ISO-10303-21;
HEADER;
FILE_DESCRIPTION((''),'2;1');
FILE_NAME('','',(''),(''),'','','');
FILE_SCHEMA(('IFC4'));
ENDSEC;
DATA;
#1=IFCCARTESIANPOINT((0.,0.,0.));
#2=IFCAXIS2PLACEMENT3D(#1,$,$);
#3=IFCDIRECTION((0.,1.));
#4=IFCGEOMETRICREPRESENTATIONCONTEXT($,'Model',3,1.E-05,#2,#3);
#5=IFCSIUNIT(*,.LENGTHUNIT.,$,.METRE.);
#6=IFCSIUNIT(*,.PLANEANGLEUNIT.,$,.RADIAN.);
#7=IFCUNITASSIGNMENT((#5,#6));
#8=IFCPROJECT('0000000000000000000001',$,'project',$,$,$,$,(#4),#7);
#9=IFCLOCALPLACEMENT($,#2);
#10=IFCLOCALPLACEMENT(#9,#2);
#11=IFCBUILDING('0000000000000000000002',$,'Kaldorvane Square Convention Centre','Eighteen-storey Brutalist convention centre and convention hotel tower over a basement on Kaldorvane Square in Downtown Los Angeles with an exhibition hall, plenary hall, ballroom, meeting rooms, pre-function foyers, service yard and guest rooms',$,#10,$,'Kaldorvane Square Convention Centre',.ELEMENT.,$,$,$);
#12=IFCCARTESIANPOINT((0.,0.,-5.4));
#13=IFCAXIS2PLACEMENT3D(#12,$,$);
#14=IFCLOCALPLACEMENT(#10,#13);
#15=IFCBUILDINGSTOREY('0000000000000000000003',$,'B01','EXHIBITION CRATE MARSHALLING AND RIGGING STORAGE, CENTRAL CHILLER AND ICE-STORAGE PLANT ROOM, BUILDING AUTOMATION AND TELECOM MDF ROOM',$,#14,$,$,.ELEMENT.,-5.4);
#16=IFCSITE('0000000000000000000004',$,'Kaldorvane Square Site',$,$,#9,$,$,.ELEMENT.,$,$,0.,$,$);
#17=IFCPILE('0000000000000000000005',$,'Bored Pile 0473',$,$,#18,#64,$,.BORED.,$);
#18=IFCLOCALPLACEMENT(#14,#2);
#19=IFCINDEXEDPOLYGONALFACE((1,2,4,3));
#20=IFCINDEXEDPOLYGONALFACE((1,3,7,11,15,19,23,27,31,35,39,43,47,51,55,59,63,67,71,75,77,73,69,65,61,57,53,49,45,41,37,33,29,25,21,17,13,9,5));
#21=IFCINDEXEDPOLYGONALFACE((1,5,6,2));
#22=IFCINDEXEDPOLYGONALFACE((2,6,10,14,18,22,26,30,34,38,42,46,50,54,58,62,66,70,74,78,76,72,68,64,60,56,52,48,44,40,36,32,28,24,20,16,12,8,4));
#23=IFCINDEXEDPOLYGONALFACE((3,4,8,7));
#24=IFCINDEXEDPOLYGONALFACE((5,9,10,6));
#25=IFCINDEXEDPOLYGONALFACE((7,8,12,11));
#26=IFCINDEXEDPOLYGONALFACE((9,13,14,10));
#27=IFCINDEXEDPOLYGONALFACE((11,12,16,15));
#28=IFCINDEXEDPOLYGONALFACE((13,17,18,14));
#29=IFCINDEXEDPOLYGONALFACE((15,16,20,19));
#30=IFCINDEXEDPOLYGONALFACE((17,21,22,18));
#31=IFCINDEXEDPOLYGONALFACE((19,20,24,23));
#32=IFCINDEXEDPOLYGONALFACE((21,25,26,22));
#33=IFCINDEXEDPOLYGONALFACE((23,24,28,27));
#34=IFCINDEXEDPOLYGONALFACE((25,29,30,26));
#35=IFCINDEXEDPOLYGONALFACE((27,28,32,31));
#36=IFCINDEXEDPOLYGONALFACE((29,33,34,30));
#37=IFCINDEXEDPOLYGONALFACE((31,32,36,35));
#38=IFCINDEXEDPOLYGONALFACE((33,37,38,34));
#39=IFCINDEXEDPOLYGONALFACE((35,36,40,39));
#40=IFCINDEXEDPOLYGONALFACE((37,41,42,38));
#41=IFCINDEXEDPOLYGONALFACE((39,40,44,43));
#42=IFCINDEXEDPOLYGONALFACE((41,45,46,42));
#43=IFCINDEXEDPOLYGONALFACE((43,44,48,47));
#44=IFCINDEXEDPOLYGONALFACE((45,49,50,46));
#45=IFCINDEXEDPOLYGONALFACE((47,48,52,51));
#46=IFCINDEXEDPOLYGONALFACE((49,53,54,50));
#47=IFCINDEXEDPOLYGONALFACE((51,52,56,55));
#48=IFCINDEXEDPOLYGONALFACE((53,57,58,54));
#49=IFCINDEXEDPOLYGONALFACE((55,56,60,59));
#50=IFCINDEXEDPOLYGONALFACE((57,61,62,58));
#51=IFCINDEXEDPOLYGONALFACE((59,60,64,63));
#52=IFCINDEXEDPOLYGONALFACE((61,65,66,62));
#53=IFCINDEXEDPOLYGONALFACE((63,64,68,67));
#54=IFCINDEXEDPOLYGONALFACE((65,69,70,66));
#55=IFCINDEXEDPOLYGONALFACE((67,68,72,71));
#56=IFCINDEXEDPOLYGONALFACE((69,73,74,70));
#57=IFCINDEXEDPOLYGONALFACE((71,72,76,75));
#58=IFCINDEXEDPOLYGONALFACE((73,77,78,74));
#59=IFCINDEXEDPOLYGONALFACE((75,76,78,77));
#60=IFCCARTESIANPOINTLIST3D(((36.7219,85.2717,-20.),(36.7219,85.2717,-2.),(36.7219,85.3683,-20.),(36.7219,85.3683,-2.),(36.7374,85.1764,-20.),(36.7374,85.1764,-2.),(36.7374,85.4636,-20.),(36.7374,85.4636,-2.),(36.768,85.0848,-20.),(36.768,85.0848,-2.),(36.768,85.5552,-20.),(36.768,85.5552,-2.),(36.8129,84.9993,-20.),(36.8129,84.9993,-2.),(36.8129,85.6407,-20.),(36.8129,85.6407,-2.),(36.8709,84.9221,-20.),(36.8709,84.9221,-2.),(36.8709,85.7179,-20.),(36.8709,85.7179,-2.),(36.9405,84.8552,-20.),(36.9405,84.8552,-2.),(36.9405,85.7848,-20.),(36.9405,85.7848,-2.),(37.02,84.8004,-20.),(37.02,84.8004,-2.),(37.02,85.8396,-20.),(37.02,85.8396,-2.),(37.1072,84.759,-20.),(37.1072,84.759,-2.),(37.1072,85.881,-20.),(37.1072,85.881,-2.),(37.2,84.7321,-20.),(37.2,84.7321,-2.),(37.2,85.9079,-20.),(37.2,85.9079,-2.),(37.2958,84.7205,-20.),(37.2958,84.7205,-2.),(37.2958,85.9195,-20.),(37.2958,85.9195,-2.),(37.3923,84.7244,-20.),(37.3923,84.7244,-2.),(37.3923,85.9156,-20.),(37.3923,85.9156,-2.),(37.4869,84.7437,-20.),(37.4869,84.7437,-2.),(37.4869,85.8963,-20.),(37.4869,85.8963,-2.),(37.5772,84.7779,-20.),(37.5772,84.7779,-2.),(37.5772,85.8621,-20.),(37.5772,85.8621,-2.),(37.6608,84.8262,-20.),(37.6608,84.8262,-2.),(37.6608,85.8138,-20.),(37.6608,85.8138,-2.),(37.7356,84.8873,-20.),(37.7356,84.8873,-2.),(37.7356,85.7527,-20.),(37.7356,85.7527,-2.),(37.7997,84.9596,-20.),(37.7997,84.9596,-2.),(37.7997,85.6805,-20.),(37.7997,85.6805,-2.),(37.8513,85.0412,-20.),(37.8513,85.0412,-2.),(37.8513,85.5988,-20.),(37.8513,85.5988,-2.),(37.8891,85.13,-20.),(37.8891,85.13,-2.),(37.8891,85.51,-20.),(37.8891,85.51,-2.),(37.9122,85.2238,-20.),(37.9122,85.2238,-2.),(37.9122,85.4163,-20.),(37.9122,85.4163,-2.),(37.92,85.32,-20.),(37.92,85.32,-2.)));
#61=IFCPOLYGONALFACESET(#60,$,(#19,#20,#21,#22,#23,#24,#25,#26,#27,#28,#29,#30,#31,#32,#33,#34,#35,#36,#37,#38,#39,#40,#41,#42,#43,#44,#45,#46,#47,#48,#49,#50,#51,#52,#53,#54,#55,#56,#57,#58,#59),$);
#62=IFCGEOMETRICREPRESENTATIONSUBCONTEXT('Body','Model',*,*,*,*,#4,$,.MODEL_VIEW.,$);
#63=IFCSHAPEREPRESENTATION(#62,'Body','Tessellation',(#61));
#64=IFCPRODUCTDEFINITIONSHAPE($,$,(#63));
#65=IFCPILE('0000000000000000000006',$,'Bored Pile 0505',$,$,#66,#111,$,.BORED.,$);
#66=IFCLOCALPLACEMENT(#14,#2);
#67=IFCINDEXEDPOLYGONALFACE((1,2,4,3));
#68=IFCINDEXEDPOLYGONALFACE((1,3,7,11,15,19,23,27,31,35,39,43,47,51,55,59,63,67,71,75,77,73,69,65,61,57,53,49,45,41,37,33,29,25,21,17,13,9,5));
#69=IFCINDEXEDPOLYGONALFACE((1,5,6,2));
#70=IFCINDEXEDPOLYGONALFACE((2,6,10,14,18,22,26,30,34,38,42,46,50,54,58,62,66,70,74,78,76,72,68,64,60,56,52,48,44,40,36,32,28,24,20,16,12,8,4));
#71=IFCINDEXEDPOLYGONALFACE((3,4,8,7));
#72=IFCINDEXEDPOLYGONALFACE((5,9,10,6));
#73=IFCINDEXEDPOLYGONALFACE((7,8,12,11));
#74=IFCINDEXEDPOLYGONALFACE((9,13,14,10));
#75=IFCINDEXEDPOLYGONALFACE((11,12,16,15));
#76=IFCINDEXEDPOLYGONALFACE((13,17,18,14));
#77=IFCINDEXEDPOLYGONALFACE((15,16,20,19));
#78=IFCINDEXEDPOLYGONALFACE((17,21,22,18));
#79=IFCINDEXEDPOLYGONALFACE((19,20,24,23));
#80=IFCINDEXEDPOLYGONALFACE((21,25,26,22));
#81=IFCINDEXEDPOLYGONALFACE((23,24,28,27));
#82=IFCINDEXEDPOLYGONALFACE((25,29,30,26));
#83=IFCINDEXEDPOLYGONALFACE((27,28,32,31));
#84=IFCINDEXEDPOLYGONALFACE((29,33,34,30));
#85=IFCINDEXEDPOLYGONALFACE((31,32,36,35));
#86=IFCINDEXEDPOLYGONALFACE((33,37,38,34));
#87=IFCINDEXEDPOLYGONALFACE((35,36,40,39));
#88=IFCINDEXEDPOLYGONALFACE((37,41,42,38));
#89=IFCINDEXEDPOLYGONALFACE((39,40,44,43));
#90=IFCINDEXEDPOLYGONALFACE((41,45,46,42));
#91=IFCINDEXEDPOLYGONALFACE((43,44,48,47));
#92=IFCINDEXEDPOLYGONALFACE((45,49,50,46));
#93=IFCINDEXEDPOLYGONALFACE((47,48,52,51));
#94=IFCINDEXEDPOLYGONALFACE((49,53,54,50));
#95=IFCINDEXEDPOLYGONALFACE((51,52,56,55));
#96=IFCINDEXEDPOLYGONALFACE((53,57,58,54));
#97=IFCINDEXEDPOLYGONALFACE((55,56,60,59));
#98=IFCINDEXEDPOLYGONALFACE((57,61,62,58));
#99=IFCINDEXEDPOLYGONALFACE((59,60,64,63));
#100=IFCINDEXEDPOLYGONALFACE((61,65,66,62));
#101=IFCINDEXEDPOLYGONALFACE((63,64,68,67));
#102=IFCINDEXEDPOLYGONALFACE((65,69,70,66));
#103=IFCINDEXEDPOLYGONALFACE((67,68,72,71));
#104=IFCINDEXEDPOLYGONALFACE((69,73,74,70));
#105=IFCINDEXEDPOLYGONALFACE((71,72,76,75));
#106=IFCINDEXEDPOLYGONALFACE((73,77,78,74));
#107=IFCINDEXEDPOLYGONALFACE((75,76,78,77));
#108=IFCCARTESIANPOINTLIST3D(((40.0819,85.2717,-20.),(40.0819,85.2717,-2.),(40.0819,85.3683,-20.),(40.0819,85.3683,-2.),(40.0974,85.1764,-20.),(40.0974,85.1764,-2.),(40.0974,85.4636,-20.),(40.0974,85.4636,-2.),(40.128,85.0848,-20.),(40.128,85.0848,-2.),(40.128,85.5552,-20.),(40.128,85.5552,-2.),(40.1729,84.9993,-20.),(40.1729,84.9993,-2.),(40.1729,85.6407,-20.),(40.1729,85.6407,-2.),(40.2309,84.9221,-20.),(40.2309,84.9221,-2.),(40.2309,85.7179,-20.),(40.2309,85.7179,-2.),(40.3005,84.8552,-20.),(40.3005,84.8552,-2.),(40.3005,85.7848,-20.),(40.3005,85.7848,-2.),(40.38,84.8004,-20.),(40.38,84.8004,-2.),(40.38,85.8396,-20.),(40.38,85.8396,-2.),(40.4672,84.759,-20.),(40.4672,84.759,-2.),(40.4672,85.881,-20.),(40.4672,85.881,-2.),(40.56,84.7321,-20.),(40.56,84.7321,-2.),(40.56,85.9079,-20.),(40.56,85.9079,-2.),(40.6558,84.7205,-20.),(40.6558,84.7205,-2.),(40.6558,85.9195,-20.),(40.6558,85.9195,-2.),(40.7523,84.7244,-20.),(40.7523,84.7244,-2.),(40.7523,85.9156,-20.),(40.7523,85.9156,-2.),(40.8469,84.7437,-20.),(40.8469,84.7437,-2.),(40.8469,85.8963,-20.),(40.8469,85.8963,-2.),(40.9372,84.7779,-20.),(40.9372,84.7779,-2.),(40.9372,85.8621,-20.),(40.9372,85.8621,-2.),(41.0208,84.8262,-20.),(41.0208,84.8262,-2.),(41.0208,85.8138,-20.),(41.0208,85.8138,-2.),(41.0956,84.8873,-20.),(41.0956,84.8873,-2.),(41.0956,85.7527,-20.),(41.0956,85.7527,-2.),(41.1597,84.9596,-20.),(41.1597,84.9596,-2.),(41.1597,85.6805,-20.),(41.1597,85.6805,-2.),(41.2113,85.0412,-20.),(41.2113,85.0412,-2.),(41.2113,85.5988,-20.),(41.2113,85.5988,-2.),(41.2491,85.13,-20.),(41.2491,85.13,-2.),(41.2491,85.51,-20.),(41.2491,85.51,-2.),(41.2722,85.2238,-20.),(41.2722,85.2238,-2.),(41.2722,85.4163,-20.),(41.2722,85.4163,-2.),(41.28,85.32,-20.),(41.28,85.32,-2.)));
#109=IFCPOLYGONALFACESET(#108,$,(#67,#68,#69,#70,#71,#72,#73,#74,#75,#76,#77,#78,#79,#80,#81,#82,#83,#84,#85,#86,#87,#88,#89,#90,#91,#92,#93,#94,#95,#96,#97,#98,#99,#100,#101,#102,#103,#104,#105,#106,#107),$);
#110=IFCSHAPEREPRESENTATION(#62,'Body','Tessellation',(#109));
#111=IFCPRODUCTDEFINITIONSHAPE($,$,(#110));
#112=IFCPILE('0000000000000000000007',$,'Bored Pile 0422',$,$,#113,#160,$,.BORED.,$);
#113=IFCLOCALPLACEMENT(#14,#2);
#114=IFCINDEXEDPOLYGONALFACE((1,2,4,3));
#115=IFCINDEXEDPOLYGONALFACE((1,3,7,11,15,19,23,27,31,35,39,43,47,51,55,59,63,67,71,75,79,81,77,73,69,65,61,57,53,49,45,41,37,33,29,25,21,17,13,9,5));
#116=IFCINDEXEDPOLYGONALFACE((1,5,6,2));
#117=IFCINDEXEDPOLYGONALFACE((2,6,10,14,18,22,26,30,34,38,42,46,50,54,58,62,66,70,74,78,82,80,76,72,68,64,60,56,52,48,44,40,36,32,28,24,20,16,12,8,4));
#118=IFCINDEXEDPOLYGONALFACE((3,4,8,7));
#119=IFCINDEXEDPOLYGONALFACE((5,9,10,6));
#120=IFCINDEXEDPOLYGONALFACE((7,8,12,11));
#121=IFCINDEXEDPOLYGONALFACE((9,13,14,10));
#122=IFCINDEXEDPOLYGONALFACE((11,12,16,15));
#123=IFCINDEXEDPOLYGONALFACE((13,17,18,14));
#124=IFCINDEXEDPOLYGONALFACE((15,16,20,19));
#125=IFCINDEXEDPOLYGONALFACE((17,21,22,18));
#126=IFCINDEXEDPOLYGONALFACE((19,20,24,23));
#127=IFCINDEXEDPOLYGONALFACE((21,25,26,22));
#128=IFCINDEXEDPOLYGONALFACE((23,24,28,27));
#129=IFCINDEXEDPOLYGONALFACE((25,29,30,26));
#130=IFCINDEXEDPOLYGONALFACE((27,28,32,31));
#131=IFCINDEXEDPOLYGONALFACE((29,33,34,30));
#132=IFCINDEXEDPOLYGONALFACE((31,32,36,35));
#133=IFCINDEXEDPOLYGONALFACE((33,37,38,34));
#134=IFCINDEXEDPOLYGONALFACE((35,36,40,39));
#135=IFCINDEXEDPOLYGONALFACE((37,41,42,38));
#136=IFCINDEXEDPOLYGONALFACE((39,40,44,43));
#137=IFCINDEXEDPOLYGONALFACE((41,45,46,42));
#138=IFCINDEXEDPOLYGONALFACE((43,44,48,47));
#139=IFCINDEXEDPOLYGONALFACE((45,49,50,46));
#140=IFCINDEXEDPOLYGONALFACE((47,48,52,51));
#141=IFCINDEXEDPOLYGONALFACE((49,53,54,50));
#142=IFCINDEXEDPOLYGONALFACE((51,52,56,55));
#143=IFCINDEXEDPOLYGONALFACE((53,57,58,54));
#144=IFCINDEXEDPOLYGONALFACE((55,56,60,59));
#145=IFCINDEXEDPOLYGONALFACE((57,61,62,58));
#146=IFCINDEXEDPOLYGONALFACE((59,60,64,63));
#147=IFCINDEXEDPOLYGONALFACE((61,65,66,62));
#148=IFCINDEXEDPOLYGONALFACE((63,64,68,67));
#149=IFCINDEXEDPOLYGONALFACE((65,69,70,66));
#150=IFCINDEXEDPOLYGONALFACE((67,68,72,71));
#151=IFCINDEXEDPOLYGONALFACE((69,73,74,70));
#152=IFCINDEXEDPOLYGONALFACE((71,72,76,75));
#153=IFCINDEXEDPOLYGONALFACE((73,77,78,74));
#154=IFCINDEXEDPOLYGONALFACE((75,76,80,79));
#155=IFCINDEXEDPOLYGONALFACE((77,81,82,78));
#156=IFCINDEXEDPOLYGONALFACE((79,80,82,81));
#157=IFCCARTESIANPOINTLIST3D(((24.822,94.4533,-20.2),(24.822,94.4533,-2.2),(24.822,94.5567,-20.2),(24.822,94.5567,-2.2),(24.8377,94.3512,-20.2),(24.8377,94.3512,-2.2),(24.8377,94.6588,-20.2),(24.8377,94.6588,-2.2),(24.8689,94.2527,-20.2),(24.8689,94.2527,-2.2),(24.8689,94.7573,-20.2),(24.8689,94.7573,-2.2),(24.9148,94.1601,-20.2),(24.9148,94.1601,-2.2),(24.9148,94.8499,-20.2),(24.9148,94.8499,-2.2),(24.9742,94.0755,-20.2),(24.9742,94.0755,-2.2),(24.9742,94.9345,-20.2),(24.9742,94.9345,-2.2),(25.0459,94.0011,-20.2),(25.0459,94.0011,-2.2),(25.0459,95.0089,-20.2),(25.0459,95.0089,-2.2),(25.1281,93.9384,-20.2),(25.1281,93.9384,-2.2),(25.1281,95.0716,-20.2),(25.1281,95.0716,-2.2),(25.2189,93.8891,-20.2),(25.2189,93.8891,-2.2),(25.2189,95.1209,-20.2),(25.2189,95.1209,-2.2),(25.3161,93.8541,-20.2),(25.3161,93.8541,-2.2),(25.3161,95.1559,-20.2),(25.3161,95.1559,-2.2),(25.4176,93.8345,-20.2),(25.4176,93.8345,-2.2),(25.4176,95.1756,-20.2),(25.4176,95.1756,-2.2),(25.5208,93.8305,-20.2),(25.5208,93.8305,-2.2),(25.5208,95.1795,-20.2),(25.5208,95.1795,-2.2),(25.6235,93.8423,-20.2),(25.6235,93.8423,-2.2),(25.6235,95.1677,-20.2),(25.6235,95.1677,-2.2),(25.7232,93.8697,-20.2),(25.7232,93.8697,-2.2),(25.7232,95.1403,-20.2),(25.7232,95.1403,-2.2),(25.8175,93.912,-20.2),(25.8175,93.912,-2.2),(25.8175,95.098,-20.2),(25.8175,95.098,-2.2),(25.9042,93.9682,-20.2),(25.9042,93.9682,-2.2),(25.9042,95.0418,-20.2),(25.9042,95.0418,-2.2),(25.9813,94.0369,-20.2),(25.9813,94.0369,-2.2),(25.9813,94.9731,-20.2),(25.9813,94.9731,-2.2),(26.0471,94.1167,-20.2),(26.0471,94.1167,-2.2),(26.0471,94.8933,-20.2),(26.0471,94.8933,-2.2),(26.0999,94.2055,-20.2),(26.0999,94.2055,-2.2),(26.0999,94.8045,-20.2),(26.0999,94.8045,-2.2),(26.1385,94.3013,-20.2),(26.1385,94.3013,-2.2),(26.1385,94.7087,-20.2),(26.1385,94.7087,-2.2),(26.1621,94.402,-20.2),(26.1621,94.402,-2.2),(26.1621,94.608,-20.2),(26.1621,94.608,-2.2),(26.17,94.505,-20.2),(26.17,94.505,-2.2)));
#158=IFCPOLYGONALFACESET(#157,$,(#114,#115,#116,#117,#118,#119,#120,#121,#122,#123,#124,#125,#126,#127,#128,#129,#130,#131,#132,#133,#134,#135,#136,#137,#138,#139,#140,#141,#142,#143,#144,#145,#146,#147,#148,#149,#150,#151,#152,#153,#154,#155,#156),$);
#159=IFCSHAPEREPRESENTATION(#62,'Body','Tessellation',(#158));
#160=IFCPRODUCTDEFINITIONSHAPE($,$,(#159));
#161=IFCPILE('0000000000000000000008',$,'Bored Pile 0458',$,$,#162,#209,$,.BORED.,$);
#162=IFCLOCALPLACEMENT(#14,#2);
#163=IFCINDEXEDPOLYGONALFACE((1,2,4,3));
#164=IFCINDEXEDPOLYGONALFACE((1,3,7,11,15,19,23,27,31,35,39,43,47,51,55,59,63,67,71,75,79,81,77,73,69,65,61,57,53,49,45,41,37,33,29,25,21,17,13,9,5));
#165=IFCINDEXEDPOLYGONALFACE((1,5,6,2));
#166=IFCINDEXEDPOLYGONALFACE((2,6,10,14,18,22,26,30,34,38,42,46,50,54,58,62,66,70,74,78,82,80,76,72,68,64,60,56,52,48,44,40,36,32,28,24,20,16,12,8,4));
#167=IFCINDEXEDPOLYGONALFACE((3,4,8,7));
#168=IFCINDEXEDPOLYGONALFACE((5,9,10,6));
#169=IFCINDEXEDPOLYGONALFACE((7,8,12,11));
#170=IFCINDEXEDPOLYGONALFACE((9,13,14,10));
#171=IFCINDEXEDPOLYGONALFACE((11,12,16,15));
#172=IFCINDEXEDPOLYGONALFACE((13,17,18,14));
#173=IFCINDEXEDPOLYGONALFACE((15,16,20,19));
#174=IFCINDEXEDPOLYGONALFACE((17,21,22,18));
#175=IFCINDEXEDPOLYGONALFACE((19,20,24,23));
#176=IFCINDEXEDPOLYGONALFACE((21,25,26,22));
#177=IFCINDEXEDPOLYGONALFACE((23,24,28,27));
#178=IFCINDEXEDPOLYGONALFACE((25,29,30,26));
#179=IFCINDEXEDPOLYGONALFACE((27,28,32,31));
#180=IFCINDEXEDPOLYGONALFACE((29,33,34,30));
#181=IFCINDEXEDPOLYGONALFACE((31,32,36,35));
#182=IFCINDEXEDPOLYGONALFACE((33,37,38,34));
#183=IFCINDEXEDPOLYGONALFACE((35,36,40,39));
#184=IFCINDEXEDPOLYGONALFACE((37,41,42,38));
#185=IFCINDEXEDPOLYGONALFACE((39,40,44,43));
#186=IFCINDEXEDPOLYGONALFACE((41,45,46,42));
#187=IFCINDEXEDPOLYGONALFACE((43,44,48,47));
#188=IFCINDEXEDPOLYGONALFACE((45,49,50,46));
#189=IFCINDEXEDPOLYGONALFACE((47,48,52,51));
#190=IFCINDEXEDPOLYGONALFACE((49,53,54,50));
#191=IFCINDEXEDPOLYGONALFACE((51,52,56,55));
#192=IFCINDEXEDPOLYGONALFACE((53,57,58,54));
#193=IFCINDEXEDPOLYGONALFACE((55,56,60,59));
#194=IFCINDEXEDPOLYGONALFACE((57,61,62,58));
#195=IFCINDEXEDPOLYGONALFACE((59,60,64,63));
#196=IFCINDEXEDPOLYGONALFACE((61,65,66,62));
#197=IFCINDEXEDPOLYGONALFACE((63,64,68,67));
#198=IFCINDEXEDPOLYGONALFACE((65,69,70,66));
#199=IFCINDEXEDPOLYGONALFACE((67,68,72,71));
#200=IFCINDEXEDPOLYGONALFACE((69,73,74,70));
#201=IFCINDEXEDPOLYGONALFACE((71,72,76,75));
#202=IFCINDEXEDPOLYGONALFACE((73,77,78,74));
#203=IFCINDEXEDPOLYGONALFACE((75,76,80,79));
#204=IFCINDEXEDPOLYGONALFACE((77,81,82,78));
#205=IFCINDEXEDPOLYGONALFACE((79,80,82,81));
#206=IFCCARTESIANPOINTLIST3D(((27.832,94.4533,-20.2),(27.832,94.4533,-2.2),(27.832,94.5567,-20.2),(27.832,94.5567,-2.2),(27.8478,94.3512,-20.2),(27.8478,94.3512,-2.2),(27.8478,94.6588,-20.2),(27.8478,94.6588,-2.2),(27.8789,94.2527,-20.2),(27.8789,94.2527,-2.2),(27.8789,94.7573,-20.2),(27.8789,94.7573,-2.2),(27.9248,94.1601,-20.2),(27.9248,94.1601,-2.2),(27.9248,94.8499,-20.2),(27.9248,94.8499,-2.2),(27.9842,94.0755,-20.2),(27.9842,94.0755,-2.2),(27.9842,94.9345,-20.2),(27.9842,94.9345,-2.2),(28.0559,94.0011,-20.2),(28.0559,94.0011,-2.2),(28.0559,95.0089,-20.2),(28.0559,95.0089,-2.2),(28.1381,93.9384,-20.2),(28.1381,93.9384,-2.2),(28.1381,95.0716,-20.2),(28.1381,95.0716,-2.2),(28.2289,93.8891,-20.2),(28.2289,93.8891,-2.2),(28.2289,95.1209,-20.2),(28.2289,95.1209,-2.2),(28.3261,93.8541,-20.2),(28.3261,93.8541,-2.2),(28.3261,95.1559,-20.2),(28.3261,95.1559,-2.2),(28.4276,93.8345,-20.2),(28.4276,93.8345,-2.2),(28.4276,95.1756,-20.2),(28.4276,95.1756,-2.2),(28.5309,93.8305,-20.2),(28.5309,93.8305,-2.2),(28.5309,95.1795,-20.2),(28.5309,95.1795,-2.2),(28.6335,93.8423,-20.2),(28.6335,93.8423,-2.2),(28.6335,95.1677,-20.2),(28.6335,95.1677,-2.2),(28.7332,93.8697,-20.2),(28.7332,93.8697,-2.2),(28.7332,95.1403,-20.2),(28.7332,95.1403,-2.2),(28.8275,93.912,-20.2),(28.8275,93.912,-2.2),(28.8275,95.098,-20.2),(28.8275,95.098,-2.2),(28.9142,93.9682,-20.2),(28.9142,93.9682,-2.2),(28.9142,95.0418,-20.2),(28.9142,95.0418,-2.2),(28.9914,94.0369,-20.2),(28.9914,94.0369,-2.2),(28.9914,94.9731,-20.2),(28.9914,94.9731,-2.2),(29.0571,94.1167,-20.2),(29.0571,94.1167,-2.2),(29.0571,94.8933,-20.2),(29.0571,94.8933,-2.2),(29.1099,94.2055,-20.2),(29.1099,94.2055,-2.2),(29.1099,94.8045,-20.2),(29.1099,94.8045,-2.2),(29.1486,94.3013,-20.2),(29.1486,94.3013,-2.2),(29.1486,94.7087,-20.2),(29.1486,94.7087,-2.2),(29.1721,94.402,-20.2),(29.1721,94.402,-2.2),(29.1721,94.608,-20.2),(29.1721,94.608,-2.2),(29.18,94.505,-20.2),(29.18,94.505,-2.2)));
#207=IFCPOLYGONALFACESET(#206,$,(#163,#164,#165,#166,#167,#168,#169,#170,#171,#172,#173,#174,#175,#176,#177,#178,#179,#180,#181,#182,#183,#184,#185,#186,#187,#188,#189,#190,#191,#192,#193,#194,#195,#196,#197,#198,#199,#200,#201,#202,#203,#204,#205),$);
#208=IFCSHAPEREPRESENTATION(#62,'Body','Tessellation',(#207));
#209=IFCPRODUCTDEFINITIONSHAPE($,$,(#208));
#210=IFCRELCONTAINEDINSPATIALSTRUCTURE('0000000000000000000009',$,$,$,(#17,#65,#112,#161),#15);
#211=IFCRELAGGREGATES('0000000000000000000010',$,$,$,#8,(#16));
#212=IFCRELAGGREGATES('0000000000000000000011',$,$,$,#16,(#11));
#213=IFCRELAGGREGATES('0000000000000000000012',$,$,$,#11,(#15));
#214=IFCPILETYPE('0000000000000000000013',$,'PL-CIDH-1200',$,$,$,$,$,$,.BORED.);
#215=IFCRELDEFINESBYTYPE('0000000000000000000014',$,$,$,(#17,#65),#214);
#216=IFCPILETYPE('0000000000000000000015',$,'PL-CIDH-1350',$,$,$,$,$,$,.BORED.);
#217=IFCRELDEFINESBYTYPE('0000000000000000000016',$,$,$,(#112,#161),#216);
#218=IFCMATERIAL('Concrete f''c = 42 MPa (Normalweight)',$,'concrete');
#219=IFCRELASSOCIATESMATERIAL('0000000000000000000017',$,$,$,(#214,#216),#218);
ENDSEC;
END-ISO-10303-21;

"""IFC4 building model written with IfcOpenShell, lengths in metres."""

from ifc_helpers import new_model, si_unit, direction, frame, origin, origin_2d, place, context, subcontext, project, spatial, circle, extrude, material, material_profile, profile_set, type_object, element, save


model = new_model("IFC4")

# Units and contexts
model_context = context("Model", 3, precision=1e-05, world=origin(), true_north=direction((0.0, 1.0)))
body_context = subcontext(model_context, "Body", "Model", "MODEL_VIEW")
ifc_project = project(units=[si_unit("LENGTHUNIT", "METRE"), si_unit("PLANEANGLEUNIT", "RADIAN")], contexts=[model_context])

# Site, building, storey
site_placement = place(None, origin())
site = spatial("IfcSite", under=ifc_project, at=site_placement, Name="Kaldorvane Square Site", CompositionType="ELEMENT", RefElevation=0.0)
building_placement = place(site_placement, origin())
building = spatial("IfcBuilding", under=site, at=building_placement, Name="Kaldorvane Square Convention Centre", Description="Eighteen-storey Brutalist convention centre and convention hotel tower over a basement on Kaldorvane Square in Downtown Los Angeles with an exhibition hall, plenary hall, ballroom, meeting rooms, pre-function foyers, service yard and guest rooms", LongName="Kaldorvane Square Convention Centre", CompositionType="ELEMENT")
storey_placement = place(building_placement, frame((0.0, 0.0, -5.4)))
storey = spatial("IfcBuildingStorey", under=building, at=storey_placement, Name="B01", Description="EXHIBITION CRATE MARSHALLING AND RIGGING STORAGE, CENTRAL CHILLER AND ICE-STORAGE PLANT ROOM, BUILDING AUTOMATION AND TELECOM MDF ROOM", CompositionType="ELEMENT", Elevation=-5.4)

# Shared definitions
ifc_material_1 = material(Name="Concrete f'c = 42 MPa (Normalweight)", Category="concrete")

# Piles
ifc_material_profile_1 = material_profile(ifc_material_1, circle(Radius=0.6, at=origin_2d()), Name="PILE-D1200")
ifc_profile_set_1 = profile_set([ifc_material_profile_1], Name="Concrete f'c = 42 MPa (Normalweight)")
pile_type_1 = type_object("IfcPileType", Name="PL-CIDH-1200", PredefinedType="BORED", material=ifc_profile_set_1)
for number, where, z_axis, x_axis, name in (
    (1, (37.32, 85.32, -2.0), (0.0, 0.0, -1.0), (1.0, 0.0, 0.0), "Bored Pile 0473"),
    (2, (40.68, 85.32, -2.0), (0.0, 0.0, -1.0), (1.0, 0.0, 0.0), "Bored Pile 0505"),
):
    element("IfcPile", number, at=place(storey_placement, frame(where, z_axis=z_axis, x_axis=x_axis)), inside=storey, type_object=pile_type_1, Name=name, PredefinedType="BORED", context=body_context, shape_type="SweptSolid", body=[
        extrude(circle(Radius=0.6, at=origin_2d()), origin(), (0.0, 0.0, 1.0), 18.0),
    ])
ifc_material_profile_2 = material_profile(ifc_material_1, circle(Radius=0.675, at=origin_2d()), Name="PILE-D1350")
ifc_profile_set_2 = profile_set([ifc_material_profile_2], Name="Concrete f'c = 42 MPa (Normalweight)")
pile_type_2 = type_object("IfcPileType", Name="PL-CIDH-1350", PredefinedType="BORED", material=ifc_profile_set_2)
for number, where, z_axis, x_axis, name in (
    (3, (25.495, 94.505, -2.2), (0.0, 0.0, -1.0), (1.0, 0.0, 0.0), "Bored Pile 0422"),
    (4, (28.505, 94.505, -2.2), (0.0, 0.0, -1.0), (1.0, 0.0, 0.0), "Bored Pile 0458"),
):
    element("IfcPile", number, at=place(storey_placement, frame(where, z_axis=z_axis, x_axis=x_axis)), inside=storey, type_object=pile_type_2, Name=name, PredefinedType="BORED", context=body_context, shape_type="SweptSolid", body=[
        extrude(circle(Radius=0.675, at=origin_2d()), origin(), (0.0, 0.0, 1.0), 18.0),
    ])

save(model, "model.ifc")
